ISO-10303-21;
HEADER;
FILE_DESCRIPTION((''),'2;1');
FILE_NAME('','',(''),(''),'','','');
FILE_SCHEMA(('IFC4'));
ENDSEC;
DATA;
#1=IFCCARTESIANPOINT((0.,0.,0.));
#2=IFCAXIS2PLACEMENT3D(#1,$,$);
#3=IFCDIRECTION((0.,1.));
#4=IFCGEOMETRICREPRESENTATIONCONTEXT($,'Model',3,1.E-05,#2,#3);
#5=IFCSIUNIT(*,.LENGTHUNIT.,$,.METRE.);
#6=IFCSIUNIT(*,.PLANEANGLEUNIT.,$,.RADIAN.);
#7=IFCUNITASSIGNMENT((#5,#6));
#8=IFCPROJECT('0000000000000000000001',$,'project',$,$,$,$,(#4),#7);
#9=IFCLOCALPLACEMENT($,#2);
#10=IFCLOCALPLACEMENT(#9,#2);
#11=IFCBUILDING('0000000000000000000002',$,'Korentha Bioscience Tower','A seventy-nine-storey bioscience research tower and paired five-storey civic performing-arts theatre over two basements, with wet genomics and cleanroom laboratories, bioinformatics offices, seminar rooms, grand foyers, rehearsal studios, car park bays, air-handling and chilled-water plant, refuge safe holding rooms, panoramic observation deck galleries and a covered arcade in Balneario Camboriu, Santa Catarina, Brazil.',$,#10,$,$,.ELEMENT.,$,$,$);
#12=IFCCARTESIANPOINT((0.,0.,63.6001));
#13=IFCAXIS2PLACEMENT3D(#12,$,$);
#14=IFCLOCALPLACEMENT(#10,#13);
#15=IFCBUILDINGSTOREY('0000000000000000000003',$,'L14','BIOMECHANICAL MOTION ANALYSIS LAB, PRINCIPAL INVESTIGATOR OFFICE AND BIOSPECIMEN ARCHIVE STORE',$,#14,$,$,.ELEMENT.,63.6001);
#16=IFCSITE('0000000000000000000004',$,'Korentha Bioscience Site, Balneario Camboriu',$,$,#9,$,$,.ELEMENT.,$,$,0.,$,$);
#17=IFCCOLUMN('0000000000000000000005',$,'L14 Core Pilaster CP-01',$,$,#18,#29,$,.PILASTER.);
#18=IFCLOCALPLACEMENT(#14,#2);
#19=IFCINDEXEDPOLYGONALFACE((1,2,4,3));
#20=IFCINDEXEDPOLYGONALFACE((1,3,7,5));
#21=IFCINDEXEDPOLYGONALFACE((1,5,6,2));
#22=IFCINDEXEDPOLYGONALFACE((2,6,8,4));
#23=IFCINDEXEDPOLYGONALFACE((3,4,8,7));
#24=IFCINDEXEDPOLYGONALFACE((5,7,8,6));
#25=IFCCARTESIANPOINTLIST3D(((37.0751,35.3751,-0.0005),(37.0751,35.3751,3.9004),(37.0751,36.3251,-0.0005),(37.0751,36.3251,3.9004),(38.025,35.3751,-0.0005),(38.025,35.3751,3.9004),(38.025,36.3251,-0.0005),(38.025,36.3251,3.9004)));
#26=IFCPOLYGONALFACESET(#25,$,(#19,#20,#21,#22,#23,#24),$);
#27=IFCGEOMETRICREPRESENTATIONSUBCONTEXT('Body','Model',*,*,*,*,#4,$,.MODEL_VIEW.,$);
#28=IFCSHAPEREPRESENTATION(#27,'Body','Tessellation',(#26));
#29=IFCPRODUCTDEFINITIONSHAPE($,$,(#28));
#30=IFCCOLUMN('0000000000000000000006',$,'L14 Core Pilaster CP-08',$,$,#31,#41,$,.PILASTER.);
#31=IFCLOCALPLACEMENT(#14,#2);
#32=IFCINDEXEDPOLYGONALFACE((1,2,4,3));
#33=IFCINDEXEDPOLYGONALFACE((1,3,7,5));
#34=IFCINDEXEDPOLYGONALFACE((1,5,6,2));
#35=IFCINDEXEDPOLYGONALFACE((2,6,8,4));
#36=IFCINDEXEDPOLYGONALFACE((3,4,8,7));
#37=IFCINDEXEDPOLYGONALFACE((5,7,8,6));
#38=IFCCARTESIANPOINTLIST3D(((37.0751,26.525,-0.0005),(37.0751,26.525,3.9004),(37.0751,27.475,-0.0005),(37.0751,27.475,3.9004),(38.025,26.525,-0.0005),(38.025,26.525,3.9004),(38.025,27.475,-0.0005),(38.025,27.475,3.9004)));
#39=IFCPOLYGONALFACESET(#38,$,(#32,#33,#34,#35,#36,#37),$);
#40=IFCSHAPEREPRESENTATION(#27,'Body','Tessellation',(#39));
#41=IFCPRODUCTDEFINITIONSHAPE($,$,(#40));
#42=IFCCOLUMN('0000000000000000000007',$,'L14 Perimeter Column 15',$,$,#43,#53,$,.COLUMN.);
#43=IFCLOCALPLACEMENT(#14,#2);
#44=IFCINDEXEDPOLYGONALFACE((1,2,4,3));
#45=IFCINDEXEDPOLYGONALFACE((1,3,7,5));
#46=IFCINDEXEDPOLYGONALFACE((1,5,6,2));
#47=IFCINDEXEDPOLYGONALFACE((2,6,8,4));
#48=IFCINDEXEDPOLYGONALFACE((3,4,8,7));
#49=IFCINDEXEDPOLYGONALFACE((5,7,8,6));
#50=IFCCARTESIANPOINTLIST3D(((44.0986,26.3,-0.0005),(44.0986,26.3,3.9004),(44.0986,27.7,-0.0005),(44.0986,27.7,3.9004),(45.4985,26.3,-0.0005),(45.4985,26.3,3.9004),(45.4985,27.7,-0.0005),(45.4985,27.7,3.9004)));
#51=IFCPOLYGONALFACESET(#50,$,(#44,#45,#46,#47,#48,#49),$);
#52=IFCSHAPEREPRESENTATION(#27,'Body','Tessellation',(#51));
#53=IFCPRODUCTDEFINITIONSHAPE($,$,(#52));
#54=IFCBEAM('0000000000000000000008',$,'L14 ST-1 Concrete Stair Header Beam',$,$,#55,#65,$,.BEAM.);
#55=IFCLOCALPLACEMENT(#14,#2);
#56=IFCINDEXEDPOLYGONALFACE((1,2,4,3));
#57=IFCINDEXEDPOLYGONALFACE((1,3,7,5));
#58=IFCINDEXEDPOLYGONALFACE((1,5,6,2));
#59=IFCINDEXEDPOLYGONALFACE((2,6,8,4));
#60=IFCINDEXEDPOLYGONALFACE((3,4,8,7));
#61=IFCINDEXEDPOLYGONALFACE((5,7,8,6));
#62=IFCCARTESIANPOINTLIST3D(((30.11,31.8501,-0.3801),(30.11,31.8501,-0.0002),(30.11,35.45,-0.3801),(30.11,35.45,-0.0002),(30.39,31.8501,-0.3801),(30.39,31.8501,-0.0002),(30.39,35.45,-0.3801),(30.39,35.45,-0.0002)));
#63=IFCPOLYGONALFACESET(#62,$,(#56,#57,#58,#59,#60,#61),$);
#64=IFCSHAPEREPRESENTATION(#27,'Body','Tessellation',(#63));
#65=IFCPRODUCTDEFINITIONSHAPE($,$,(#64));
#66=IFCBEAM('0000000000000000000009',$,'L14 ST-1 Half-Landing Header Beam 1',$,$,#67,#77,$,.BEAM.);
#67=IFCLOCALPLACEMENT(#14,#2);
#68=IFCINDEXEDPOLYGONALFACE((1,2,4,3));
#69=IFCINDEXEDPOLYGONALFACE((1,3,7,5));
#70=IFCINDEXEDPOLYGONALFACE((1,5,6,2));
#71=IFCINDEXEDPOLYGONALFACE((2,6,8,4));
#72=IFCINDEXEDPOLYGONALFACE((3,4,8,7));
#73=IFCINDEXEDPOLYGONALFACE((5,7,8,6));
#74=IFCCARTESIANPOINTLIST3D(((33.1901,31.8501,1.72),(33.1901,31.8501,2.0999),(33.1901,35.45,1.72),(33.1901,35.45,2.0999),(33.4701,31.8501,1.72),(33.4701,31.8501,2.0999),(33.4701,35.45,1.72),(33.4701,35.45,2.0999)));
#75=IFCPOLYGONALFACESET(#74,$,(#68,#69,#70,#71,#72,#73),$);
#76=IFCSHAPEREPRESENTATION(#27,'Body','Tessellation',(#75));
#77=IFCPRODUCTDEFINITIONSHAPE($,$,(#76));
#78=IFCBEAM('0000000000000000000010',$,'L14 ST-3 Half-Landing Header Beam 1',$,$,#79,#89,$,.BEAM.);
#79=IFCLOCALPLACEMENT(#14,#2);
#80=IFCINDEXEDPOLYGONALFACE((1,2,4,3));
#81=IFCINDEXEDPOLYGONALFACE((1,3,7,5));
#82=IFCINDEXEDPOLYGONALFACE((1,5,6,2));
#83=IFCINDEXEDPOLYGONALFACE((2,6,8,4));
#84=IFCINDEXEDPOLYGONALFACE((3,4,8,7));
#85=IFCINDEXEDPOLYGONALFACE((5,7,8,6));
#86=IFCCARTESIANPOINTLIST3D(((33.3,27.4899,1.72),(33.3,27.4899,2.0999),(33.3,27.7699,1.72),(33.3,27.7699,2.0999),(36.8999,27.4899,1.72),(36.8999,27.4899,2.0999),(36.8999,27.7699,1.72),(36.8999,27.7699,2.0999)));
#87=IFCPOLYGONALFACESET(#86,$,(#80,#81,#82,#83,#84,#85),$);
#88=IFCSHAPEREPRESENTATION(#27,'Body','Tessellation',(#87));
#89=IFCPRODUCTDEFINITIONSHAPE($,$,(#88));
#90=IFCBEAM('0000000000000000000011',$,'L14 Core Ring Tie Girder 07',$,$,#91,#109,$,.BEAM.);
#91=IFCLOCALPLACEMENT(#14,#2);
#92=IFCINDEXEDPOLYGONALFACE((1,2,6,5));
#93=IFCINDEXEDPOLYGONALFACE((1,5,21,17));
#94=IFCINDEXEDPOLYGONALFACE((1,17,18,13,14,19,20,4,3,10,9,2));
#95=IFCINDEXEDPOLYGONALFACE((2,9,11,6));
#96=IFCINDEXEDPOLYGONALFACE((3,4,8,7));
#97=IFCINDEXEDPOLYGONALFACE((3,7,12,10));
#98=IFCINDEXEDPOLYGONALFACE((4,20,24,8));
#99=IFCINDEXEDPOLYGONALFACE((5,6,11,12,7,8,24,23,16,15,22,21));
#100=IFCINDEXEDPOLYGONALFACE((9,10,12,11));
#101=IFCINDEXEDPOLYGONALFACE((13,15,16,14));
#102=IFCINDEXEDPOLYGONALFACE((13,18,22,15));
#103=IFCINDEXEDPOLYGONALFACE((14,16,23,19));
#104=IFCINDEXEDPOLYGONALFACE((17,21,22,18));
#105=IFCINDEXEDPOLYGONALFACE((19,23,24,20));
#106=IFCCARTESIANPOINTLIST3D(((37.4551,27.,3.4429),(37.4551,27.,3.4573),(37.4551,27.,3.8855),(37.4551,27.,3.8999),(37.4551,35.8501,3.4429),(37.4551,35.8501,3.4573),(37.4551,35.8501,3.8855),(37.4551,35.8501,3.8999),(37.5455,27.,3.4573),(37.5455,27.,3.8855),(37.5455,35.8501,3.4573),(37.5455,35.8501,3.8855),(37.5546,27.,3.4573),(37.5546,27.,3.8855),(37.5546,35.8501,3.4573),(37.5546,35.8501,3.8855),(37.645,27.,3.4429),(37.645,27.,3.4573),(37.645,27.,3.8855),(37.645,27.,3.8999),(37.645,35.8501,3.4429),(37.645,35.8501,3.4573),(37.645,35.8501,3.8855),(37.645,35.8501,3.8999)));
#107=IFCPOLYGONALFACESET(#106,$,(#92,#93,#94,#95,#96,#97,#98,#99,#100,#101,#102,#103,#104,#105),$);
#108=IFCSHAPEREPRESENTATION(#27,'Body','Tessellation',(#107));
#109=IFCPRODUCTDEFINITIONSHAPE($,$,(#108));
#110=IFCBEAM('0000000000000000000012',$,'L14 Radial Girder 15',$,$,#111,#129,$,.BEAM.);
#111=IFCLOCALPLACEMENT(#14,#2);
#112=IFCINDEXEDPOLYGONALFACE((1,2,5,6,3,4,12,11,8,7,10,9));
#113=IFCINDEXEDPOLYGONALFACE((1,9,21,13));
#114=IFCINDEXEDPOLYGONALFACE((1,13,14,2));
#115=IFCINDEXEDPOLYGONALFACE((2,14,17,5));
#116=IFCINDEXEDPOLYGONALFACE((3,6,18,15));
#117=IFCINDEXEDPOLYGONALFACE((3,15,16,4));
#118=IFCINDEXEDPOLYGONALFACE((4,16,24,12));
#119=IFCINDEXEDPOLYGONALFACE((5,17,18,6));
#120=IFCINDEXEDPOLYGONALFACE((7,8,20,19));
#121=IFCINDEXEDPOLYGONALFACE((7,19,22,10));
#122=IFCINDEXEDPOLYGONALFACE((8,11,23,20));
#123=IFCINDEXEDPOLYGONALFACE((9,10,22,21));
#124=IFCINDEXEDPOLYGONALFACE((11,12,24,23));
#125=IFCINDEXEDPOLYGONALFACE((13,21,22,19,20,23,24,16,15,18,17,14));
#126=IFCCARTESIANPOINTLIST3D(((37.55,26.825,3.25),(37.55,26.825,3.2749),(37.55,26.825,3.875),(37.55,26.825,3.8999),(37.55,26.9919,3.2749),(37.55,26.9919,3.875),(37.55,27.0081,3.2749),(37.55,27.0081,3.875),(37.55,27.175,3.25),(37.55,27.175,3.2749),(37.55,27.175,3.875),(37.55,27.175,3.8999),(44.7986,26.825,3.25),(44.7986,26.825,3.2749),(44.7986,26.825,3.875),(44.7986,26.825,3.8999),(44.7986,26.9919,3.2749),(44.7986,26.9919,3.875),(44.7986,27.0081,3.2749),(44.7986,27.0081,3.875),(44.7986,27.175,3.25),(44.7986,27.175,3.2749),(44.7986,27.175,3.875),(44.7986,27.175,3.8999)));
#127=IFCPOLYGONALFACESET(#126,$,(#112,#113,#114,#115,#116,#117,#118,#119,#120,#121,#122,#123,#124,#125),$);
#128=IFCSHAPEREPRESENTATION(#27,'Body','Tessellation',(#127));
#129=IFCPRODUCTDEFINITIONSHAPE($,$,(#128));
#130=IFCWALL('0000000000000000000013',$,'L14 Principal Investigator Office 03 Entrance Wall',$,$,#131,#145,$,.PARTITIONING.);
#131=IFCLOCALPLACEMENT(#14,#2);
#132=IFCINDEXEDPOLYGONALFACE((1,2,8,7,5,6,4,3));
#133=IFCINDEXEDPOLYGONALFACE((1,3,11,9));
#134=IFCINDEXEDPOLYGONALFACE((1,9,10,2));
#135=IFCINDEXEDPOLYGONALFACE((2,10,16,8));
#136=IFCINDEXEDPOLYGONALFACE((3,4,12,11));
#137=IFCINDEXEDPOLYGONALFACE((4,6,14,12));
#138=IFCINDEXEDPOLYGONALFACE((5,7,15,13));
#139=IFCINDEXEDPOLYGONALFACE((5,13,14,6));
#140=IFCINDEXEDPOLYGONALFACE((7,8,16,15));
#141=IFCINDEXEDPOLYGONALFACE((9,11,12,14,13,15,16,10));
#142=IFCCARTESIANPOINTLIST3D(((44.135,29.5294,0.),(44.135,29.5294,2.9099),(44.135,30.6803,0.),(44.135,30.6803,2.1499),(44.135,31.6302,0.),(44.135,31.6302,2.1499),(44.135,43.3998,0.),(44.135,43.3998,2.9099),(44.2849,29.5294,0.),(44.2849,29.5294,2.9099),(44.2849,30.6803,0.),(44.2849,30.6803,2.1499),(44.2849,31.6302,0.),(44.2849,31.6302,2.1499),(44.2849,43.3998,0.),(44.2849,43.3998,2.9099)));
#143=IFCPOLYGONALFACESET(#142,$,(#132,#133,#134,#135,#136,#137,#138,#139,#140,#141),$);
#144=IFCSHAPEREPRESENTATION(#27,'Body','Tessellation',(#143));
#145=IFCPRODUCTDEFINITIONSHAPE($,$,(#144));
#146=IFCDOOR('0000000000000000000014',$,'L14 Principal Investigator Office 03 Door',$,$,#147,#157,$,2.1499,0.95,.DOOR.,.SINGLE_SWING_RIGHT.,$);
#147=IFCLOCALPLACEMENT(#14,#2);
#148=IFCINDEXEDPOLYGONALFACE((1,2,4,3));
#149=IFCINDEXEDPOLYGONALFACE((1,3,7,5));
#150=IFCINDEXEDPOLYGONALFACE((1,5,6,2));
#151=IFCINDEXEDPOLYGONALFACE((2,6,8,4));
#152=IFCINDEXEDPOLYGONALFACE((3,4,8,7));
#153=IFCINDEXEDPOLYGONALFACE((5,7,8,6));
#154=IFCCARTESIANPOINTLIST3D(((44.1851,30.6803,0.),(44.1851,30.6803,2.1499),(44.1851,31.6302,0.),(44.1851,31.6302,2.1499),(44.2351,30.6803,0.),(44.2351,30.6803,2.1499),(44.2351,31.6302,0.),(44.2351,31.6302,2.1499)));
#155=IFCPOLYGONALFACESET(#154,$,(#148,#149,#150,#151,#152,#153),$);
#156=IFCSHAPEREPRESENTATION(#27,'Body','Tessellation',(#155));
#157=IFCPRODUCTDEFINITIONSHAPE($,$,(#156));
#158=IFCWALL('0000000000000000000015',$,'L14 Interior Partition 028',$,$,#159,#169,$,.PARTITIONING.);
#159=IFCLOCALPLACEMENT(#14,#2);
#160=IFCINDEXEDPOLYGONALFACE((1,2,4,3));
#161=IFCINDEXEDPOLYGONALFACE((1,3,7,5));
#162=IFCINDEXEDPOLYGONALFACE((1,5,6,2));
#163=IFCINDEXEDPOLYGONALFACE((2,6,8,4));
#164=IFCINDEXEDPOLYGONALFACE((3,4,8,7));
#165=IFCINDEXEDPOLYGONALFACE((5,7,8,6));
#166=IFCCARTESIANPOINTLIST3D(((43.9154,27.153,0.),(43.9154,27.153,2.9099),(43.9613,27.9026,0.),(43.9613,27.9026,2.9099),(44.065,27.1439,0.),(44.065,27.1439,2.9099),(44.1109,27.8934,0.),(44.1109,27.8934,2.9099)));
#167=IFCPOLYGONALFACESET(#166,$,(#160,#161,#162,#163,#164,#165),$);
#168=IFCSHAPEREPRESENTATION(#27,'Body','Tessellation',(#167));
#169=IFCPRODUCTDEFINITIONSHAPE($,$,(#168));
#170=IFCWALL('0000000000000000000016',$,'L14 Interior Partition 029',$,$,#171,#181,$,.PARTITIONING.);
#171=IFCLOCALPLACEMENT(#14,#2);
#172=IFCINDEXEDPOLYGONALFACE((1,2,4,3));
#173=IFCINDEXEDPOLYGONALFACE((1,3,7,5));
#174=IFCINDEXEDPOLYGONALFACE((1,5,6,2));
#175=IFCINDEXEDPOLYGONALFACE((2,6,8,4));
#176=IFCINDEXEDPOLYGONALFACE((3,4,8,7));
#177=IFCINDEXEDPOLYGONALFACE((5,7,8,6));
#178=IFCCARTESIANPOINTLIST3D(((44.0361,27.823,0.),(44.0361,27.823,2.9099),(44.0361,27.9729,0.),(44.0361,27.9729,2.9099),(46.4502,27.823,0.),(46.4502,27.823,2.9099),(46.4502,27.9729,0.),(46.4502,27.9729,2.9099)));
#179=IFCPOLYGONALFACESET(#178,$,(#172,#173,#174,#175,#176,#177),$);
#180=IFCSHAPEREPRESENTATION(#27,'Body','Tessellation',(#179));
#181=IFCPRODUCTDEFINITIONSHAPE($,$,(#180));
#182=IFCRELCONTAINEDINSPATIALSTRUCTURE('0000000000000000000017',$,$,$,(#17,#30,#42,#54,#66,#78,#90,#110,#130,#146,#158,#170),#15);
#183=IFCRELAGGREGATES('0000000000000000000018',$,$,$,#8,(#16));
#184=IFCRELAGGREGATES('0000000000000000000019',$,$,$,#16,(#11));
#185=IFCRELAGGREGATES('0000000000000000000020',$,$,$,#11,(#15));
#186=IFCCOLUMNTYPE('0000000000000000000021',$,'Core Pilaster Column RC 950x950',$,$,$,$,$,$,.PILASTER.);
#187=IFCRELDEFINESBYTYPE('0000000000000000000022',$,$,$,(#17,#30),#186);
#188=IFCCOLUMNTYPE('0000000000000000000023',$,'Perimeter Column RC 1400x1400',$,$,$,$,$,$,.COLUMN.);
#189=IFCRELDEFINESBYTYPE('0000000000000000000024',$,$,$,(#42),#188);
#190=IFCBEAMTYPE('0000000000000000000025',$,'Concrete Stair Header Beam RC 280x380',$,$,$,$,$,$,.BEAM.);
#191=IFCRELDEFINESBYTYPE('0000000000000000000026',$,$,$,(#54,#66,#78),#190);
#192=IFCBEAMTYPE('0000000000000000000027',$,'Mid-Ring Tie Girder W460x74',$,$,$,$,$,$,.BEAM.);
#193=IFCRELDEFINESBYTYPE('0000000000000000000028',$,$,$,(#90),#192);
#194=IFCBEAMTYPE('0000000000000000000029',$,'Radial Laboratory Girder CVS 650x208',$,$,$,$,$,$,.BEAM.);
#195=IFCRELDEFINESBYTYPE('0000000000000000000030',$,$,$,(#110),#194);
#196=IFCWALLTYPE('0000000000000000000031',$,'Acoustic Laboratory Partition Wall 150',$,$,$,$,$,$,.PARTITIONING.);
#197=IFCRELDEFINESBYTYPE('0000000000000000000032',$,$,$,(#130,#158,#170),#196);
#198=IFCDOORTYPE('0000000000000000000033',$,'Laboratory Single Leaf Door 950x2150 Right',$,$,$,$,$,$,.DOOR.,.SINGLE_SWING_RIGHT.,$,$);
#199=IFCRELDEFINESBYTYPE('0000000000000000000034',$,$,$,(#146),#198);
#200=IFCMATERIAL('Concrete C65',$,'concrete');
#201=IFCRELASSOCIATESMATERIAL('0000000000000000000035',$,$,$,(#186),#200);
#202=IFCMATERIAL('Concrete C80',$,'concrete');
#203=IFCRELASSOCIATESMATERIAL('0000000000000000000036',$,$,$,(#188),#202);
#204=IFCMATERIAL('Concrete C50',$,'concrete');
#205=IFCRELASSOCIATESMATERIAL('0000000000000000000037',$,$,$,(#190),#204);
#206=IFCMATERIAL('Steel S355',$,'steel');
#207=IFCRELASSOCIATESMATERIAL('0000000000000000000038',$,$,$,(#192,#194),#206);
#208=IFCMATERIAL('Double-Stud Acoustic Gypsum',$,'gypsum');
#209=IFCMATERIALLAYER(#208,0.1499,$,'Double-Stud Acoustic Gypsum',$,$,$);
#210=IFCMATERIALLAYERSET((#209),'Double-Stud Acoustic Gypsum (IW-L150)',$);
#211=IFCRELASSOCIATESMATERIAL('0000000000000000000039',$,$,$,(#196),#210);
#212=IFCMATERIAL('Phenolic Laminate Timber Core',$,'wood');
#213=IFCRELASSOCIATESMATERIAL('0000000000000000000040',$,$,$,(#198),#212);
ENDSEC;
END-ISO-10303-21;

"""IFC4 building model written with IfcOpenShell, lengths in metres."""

from ifc_helpers import new_model, si_unit, direction, frame, frame_2d, origin, origin_2d, place, context, subcontext, project, spatial, rectangle, i_section, extrude, material, layer, layer_set, material_profile, profile_set, type_object, element, fill, save


model = new_model("IFC4")

# Units and contexts
model_context = context("Model", 3, precision=1e-05, world=origin(), true_north=direction((0.0, 1.0)))
body_context = subcontext(model_context, "Body", "Model", "MODEL_VIEW")
ifc_project = project(units=[si_unit("LENGTHUNIT", "METRE"), si_unit("PLANEANGLEUNIT", "RADIAN")], contexts=[model_context])

# Site, building, storey
site_placement = place(None, origin())
site = spatial("IfcSite", under=ifc_project, at=site_placement, Name="Korentha Bioscience Site, Balneario Camboriu", CompositionType="ELEMENT", RefElevation=0.0)
building_placement = place(site_placement, origin())
building = spatial("IfcBuilding", under=site, at=building_placement, Name="Korentha Bioscience Tower", Description="A seventy-nine-storey bioscience research tower and paired five-storey civic performing-arts theatre over two basements, with wet genomics and cleanroom laboratories, bioinformatics offices, seminar rooms, grand foyers, rehearsal studios, car park bays, air-handling and chilled-water plant, refuge safe holding rooms, panoramic observation deck galleries and a covered arcade in Balneario Camboriu, Santa Catarina, Brazil.", CompositionType="ELEMENT")
storey_placement = place(building_placement, frame((0.0, 0.0, 63.6001)))
storey = spatial("IfcBuildingStorey", under=building, at=storey_placement, Name="L14", Description="BIOMECHANICAL MOTION ANALYSIS LAB, PRINCIPAL INVESTIGATOR OFFICE AND BIOSPECIMEN ARCHIVE STORE", CompositionType="ELEMENT", Elevation=63.6001)

# Columns
ifc_material_1 = material(Name="Concrete C65", Category="concrete")
ifc_material_profile_1 = material_profile(ifc_material_1, rectangle(XDim=0.95, YDim=0.95, at=origin_2d()), Name="Concrete C65")
ifc_profile_set_1 = profile_set([ifc_material_profile_1], Name="Concrete C65 (COL-CP09)")
column_type_1 = type_object("IfcColumnType", Name="Core Pilaster Column RC 950x950", PredefinedType="PILASTER", material=ifc_profile_set_1)
for number, where, z_axis, x_axis, name in (
    (1, (37.55, 35.8501, -0.0005), (0.0, 0.0, 1.0), (1.0, 0.0, 0.0), "L14 Core Pilaster CP-01"),
    (2, (37.55, 27.0, -0.0005), (0.0, 0.0, 1.0), (1.0, 0.0, 0.0), "L14 Core Pilaster CP-08"),
):
    element("IfcColumn", number, at=place(storey_placement, frame(where, z_axis=z_axis, x_axis=x_axis)), inside=storey, type_object=column_type_1, Name=name, PredefinedType="PILASTER", context=body_context, shape_type="SweptSolid", body=[
        extrude(rectangle(XDim=0.95, YDim=0.95, at=origin_2d()), origin(), (0.0, 0.0, 1.0), 3.9009),
    ])
ifc_material_2 = material(Name="Concrete C80", Category="concrete")
ifc_material_profile_2 = material_profile(ifc_material_2, rectangle(XDim=1.3999, YDim=1.3999, at=origin_2d()), Name="Concrete C80")
ifc_profile_set_2 = profile_set([ifc_material_profile_2], Name="Concrete C80 (COL-P14)")
column_type_2 = type_object("IfcColumnType", Name="Perimeter Column RC 1400x1400", PredefinedType="COLUMN", material=ifc_profile_set_2)
column_placement = place(storey_placement, frame((44.7986, 27.0, -0.0005), z_axis=(0.0, 0.0, 1.0), x_axis=(0.0, 1.0, 0.0)))
element("IfcColumn", 3, at=column_placement, inside=storey, type_object=column_type_2, Name="L14 Perimeter Column 15", PredefinedType="COLUMN", context=body_context, shape_type="SweptSolid", body=[
    extrude(rectangle(XDim=1.3999, YDim=1.3999, at=origin_2d()), origin(), (0.0, 0.0, 1.0), 3.9009),
])

# Beams
ifc_material_3 = material(Name="Concrete C50", Category="concrete")
ifc_material_profile_3 = material_profile(ifc_material_3, rectangle(XDim=0.28, YDim=0.3799, at=origin_2d()), Name="Concrete C50")
ifc_profile_set_3 = profile_set([ifc_material_profile_3], Name="Concrete C50 (ST-HB380)")
beam_type_1 = type_object("IfcBeamType", Name="Concrete Stair Header Beam RC 280x380", PredefinedType="BEAM", material=ifc_profile_set_3)
for number, where, z_axis, x_axis, name in (
    (4, (30.25, 31.8501, -0.1902), (0.0, 1.0, 0.0), (-1.0, 0.0, 0.0), "L14 ST-1 Concrete Stair Header Beam"),
    (5, (33.3301, 31.8501, 1.9099), (0.0, 1.0, 0.0), (-1.0, 0.0, 0.0), "L14 ST-1 Half-Landing Header Beam 1"),
    (6, (36.8999, 27.6299, 1.9099), (-1.0, 0.0, 0.0), (0.0, -1.0, 0.0), "L14 ST-3 Half-Landing Header Beam 1"),
):
    element("IfcBeam", number, at=place(storey_placement, frame(where, z_axis=z_axis, x_axis=x_axis)), inside=storey, type_object=beam_type_1, Name=name, PredefinedType="BEAM", context=body_context, shape_type="SweptSolid", body=[
        extrude(rectangle(XDim=0.28, YDim=0.3799, at=origin_2d()), origin(), (0.0, 0.0, 1.0), 3.5999),
    ])
ifc_material_4 = material(Name="Steel S355", Category="steel")
ifc_material_profile_4 = material_profile(ifc_material_4, i_section(OverallWidth=0.1899, OverallDepth=0.457, WebThickness=0.009, FlangeThickness=0.0144, at=origin_2d()), Name="Steel S355")
ifc_profile_set_4 = profile_set([ifc_material_profile_4], Name="Steel S355 (MB-460)")
beam_type_2 = type_object("IfcBeamType", Name="Mid-Ring Tie Girder W460x74", PredefinedType="BEAM", material=ifc_profile_set_4)
beam_1_placement = place(storey_placement, frame((37.55, 27.0, 3.6714), z_axis=(0.0, 1.0, 0.0), x_axis=(-1.0, 0.0, 0.0)))
element("IfcBeam", 7, at=beam_1_placement, inside=storey, type_object=beam_type_2, Name="L14 Core Ring Tie Girder 07", PredefinedType="BEAM", context=body_context, shape_type="SweptSolid", body=[
    extrude(i_section(OverallWidth=0.1899, OverallDepth=0.457, WebThickness=0.009, FlangeThickness=0.0144, at=origin_2d()), origin(), (0.0, 0.0, 1.0), 8.8501),
])
ifc_material_profile_5 = material_profile(ifc_material_4, i_section(OverallWidth=0.3501, OverallDepth=0.6499, WebThickness=0.0161, FlangeThickness=0.0249, at=origin_2d()), Name="Steel S355")
ifc_profile_set_5 = profile_set([ifc_material_profile_5], Name="Steel S355 (RB-650)")
beam_type_3 = type_object("IfcBeamType", Name="Radial Laboratory Girder CVS 650x208", PredefinedType="BEAM", material=ifc_profile_set_5)
beam_2_placement = place(storey_placement, frame((37.55, 27.0, 3.575), z_axis=(1.0, 0.0, 0.0), x_axis=(0.0, 1.0, 0.0)))
element("IfcBeam", 8, at=beam_2_placement, inside=storey, type_object=beam_type_3, Name="L14 Radial Girder 15", PredefinedType="BEAM", context=body_context, shape_type="SweptSolid", body=[
    extrude(i_section(OverallWidth=0.3501, OverallDepth=0.6499, WebThickness=0.0161, FlangeThickness=0.0249, at=origin_2d()), origin(), (0.0, 0.0, 1.0), 7.2485),
])

# Wall, opening, door
ifc_material_5 = material(Name="Double-Stud Acoustic Gypsum", Category="gypsum")
ifc_layer_1 = layer(ifc_material_5, 0.1499, Name="Double-Stud Acoustic Gypsum")
ifc_layer_set_1 = layer_set([ifc_layer_1], Name="Double-Stud Acoustic Gypsum (IW-L150)")
wall_type_1 = type_object("IfcWallType", Name="Acoustic Laboratory Partition Wall 150", PredefinedType="PARTITIONING", material=ifc_layer_set_1)
wall_1_placement = place(storey_placement, frame((44.21, 29.5295, 0.0), z_axis=(0.0, 0.0, 1.0), x_axis=(0.0, 1.0, 0.0)))
wall_1 = element("IfcWall", 9, at=wall_1_placement, inside=storey, type_object=wall_type_1, Name="L14 Principal Investigator Office 03 Entrance Wall", PredefinedType="PARTITIONING", context=body_context, shape_type="SweptSolid", body=[
    extrude(rectangle(XDim=13.8704, YDim=0.1499, at=frame_2d((6.9351, 0.0))), origin(), (0.0, 0.0, 1.0), 2.9099),
])
opening_placement = place(wall_1_placement, frame((1.1506, 0.0, 0.0)))
opening = element("IfcOpeningElement", 10, at=opening_placement, cuts=wall_1, PredefinedType="OPENING", context=body_context, shape_type="SweptSolid", body=[
    extrude(rectangle(XDim=0.95, YDim=2.1499, at=frame_2d((0.4751, 1.075))), frame((0.0, 0.0898, 0.0), z_axis=(0.0, -1.0, 0.0), x_axis=(1.0, 0.0, 0.0)), (0.0, 0.0, 1.0), 0.1797),
])
ifc_material_6 = material(Name="Phenolic Laminate Timber Core", Category="wood")
door_type = type_object("IfcDoorType", Name="Laboratory Single Leaf Door 950x2150 Right", OperationType="SINGLE_SWING_RIGHT", PredefinedType="DOOR", material=ifc_material_6)
door_placement = place(opening_placement, origin())
door = element("IfcDoor", 11, at=door_placement, inside=storey, type_object=door_type, Name="L14 Principal Investigator Office 03 Door", OperationType="SINGLE_SWING_RIGHT", OverallHeight=2.1499, OverallWidth=0.95, PredefinedType="DOOR", context=body_context, shape_type="SweptSolid", body=[
    extrude(rectangle(XDim=0.95, YDim=2.1499, at=frame_2d((0.4751, 1.075))), frame((0.0, 0.0249, 0.0), z_axis=(0.0, -1.0, 0.0), x_axis=(1.0, 0.0, 0.0)), (0.0, 0.0, 1.0), 0.05),
])
fill(opening, door)

# Walls
wall_2_placement = place(storey_placement, frame((43.9902, 27.1484, 0.0), z_axis=(0.0, 0.0, 1.0), x_axis=(0.061123, 0.99813, 0.0)))
element("IfcWall", 12, at=wall_2_placement, inside=storey, type_object=wall_type_1, Name="L14 Interior Partition 028", PredefinedType="PARTITIONING", context=body_context, shape_type="SweptSolid", body=[
    extrude(rectangle(XDim=0.751, YDim=0.1499, at=frame_2d((0.3755, 0.0))), origin(), (0.0, 0.0, 1.0), 2.9099),
])
wall_3_placement = place(storey_placement, frame((44.0361, 27.8979, 0.0), z_axis=(0.0, 0.0, 1.0), x_axis=(1.0, 0.0, 0.0)))
element("IfcWall", 13, at=wall_3_placement, inside=storey, type_object=wall_type_1, Name="L14 Interior Partition 029", PredefinedType="PARTITIONING", context=body_context, shape_type="SweptSolid", body=[
    extrude(rectangle(XDim=2.4141, YDim=0.1499, at=frame_2d((1.207, 0.0))), origin(), (0.0, 0.0, 1.0), 2.9099),
])

save(model, "model.ifc")
